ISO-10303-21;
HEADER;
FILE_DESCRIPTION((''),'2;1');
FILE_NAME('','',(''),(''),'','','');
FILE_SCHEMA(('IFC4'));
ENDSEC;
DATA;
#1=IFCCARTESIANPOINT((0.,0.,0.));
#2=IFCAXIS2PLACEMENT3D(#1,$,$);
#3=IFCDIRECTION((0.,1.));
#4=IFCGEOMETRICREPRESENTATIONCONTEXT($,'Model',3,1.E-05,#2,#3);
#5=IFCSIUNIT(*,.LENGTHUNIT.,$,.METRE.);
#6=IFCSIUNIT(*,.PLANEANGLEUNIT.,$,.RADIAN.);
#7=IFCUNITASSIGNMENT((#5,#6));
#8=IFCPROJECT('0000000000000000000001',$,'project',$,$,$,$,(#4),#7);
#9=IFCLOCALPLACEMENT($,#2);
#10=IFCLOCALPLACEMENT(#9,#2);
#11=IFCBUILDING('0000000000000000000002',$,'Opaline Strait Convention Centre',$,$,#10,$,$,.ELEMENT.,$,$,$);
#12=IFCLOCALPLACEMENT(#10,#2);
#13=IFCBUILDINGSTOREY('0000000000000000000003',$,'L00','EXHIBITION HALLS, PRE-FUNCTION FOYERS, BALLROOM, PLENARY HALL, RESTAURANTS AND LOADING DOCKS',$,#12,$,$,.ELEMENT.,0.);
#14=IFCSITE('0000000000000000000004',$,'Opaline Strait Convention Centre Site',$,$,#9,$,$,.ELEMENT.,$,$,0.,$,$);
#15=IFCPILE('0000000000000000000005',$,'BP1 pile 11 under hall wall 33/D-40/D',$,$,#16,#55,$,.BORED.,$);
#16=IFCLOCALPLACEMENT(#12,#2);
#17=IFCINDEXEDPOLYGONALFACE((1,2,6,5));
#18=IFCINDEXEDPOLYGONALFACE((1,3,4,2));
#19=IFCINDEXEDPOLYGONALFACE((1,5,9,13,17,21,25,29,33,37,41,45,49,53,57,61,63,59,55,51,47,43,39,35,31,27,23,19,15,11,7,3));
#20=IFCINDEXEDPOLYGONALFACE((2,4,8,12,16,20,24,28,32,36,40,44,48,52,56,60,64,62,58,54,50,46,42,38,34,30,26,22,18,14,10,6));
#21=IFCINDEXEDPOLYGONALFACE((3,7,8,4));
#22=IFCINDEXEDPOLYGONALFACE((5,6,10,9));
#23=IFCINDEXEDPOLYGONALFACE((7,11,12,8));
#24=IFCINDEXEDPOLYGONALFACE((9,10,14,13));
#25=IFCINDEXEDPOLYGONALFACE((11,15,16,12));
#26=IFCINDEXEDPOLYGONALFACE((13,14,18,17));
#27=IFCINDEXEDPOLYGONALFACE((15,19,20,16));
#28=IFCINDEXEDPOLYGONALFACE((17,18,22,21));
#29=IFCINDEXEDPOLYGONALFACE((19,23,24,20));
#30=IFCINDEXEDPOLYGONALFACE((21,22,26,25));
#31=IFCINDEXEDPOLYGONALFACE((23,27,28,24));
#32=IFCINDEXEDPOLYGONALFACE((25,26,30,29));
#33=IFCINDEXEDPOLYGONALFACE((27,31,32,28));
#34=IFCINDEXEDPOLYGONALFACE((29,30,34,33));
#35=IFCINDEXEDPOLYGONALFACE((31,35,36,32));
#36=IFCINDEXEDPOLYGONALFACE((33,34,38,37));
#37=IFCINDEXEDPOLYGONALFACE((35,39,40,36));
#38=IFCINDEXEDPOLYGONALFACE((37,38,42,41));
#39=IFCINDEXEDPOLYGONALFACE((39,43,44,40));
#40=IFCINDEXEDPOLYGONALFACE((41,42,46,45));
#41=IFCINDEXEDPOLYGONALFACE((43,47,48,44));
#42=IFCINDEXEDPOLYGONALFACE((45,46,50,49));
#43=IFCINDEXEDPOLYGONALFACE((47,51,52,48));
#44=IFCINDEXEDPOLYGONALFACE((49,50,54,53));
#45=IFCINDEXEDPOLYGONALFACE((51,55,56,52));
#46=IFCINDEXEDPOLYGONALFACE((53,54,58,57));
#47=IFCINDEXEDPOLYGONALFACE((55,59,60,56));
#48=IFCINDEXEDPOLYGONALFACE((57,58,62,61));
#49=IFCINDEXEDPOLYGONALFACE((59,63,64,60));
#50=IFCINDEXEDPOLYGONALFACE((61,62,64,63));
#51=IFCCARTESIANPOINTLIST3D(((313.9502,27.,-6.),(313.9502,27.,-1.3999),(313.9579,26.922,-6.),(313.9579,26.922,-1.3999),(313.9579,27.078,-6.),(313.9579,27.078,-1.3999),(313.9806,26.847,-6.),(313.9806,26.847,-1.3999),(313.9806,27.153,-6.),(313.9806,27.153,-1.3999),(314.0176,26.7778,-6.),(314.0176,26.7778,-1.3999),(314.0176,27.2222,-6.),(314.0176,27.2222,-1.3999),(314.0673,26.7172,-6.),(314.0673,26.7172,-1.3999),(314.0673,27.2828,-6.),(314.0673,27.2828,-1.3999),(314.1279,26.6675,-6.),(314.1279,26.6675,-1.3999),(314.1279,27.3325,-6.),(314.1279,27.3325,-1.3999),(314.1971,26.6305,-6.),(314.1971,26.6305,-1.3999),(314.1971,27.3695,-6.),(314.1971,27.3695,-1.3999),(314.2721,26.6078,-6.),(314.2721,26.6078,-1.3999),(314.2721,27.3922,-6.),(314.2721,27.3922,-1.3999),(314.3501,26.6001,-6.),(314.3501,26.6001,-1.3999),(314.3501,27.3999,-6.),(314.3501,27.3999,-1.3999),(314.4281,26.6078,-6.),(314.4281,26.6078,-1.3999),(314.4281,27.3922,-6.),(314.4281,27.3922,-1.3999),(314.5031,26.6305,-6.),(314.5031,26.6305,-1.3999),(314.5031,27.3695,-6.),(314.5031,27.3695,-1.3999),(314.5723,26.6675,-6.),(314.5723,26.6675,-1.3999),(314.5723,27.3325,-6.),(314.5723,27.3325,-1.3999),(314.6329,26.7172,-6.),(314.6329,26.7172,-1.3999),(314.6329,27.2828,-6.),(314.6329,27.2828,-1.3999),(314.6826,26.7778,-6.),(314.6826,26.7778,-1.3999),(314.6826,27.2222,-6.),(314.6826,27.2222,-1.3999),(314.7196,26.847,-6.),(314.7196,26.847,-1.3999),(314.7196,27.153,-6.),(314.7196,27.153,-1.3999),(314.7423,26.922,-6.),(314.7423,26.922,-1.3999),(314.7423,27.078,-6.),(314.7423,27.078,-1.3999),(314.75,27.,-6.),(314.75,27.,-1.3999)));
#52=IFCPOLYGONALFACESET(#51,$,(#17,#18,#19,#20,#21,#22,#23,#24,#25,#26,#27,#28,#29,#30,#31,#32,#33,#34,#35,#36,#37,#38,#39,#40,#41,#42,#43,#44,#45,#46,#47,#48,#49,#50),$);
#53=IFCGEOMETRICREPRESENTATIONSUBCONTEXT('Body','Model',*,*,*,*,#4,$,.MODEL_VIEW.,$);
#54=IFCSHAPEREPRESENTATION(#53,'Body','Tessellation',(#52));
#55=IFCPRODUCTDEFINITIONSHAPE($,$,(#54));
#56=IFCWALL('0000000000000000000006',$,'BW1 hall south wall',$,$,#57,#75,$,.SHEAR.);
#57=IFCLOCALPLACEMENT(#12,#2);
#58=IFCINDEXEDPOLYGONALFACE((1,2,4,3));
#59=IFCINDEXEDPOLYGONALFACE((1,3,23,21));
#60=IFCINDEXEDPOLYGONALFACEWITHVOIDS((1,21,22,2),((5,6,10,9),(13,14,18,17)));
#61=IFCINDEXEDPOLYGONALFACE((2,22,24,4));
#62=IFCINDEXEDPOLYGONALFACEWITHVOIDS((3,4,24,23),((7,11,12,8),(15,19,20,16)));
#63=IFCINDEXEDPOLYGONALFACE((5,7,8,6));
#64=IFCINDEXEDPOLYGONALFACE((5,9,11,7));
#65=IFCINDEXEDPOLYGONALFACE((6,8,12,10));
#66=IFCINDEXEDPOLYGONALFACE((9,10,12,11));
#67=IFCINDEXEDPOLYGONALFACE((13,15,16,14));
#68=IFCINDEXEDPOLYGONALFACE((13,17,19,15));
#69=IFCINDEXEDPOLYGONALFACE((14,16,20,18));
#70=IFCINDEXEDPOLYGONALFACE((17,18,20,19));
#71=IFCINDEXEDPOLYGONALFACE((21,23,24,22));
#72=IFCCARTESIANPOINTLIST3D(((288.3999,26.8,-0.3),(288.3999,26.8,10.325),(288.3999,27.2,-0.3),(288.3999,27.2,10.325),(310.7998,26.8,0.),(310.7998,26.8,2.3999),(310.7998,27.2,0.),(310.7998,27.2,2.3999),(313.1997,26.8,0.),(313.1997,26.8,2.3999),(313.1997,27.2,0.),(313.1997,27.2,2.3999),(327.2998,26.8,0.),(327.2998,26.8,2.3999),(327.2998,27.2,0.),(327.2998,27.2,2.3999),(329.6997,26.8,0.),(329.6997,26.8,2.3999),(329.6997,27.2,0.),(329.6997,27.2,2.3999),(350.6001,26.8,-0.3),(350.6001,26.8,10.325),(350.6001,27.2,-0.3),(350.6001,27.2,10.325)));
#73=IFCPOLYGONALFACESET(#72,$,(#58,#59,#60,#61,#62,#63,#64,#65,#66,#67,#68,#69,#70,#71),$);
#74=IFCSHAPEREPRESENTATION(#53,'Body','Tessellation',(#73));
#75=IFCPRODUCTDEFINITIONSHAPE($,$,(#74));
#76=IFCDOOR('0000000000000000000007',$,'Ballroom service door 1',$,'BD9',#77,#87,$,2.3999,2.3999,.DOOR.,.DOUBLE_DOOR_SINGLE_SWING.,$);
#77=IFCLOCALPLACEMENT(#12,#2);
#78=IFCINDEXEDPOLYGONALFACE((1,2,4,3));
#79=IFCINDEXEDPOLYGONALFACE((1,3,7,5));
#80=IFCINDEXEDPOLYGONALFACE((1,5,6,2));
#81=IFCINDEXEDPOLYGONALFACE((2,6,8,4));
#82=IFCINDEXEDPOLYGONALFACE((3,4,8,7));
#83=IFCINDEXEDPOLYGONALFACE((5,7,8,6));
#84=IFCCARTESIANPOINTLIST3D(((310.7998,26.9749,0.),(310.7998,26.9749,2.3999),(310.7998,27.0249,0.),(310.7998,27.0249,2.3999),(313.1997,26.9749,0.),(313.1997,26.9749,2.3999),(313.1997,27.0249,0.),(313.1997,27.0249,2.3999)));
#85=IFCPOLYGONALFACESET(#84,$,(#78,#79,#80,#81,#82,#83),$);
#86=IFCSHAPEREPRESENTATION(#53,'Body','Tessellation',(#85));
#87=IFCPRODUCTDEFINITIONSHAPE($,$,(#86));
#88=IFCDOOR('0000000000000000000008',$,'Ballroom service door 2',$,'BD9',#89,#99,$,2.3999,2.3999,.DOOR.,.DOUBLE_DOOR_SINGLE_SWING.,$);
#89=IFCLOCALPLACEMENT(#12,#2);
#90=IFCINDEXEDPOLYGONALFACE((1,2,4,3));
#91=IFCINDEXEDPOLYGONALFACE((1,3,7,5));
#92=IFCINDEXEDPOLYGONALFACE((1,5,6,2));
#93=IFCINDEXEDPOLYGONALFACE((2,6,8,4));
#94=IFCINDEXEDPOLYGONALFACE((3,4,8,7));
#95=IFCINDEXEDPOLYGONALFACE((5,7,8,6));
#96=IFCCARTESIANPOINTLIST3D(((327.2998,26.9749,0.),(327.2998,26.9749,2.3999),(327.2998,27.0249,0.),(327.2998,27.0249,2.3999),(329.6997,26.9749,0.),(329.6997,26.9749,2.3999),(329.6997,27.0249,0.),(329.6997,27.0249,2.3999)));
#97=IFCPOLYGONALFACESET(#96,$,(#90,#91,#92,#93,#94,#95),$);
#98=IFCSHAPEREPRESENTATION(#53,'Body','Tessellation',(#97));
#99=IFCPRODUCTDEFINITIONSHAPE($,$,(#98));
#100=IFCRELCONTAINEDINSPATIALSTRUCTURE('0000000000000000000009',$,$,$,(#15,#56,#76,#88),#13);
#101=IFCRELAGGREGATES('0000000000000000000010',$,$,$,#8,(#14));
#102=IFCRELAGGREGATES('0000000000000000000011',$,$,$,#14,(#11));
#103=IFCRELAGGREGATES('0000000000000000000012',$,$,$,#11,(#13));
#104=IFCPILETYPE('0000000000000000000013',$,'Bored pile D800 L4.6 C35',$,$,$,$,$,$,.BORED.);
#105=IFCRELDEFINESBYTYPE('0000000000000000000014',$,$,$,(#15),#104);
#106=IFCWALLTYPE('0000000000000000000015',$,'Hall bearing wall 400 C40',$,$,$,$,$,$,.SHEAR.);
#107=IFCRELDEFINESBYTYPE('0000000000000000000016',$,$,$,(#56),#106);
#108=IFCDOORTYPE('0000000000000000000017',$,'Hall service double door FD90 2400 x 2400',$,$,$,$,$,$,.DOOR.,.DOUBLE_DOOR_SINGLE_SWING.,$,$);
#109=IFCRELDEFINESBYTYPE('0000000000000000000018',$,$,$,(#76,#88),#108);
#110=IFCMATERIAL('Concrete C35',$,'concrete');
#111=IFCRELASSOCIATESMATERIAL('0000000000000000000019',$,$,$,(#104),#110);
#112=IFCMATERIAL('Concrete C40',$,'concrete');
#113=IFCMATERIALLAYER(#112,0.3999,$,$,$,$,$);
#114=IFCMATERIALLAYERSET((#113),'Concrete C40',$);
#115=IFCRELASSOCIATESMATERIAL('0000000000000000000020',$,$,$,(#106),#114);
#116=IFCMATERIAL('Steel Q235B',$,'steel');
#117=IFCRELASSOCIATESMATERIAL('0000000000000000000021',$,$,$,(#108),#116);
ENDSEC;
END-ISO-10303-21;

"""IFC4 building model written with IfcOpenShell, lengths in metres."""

from ifc_helpers import new_model, si_unit, direction, frame, frame_2d, origin, origin_2d, place, context, subcontext, project, spatial, rectangle, circle, extrude, material, layer, layer_set, material_profile, profile_set, type_object, element, fill, save


model = new_model("IFC4")

# Units and contexts
model_context = context("Model", 3, precision=1e-05, world=origin(), true_north=direction((0.0, 1.0)))
body_context = subcontext(model_context, "Body", "Model", "MODEL_VIEW")
ifc_project = project(units=[si_unit("LENGTHUNIT", "METRE"), si_unit("PLANEANGLEUNIT", "RADIAN")], contexts=[model_context])

# Site, building, storey
site_placement = place(None, origin())
site = spatial("IfcSite", under=ifc_project, at=site_placement, Name="Opaline Strait Convention Centre Site", CompositionType="ELEMENT", RefElevation=0.0)
building_placement = place(site_placement, origin())
building = spatial("IfcBuilding", under=site, at=building_placement, Name="Opaline Strait Convention Centre", CompositionType="ELEMENT")
storey_placement = place(building_placement, origin())
storey = spatial("IfcBuildingStorey", under=building, at=storey_placement, Name="L00", Description="EXHIBITION HALLS, PRE-FUNCTION FOYERS, BALLROOM, PLENARY HALL, RESTAURANTS AND LOADING DOCKS", CompositionType="ELEMENT", Elevation=0.0)

# Pile
ifc_material_1 = material(Name="Concrete C35", Category="concrete")
ifc_material_profile = material_profile(ifc_material_1, circle(Radius=0.3999, at=origin_2d()), Name="D800")
ifc_profile_set = profile_set([ifc_material_profile], Name="Concrete C35")
pile_type = type_object("IfcPileType", Name="Bored pile D800 L4.6 C35", PredefinedType="BORED", material=ifc_profile_set)
for number, where, z_axis, x_axis, name in (
    (1, (314.3501, 27.0, -1.3999), (0.0, 0.0, -1.0), (1.0, 0.0, 0.0), "BP1 pile 11 under hall wall 33/D-40/D"),
):
    element("IfcPile", number, at=place(storey_placement, frame(where, z_axis=z_axis, x_axis=x_axis)), inside=storey, type_object=pile_type, Name=name, PredefinedType="BORED", context=body_context, shape_type="SweptSolid", body=[
        extrude(circle(Radius=0.3999, at=origin_2d()), origin(), (0.0, 0.0, 1.0), 4.6001),
    ])

# Wall, openings, doors
ifc_material_2 = material(Name="Concrete C40", Category="concrete")
ifc_layer = layer(ifc_material_2, 0.3999)
ifc_layer_set = layer_set([ifc_layer], Name="Concrete C40")
wall_type = type_object("IfcWallType", Name="Hall bearing wall 400 C40", PredefinedType="SHEAR", material=ifc_layer_set)
wall_placement = place(storey_placement, frame((288.3999, 27.0, -0.3), z_axis=(0.0, 0.0, 1.0), x_axis=(1.0, 0.0, 0.0)))
wall = element("IfcWall", 2, at=wall_placement, inside=storey, type_object=wall_type, Name="BW1 hall south wall", PredefinedType="SHEAR", context=body_context, shape_type="SweptSolid", body=[
    extrude(rectangle(XDim=62.2002, YDim=0.3999, at=frame_2d((31.1001, 0.0))), origin(), (0.0, 0.0, 1.0), 10.625),
])
opening_1_placement = place(wall_placement, frame((22.3999, 0.0, 0.3)))
opening_1 = element("IfcOpeningElement", 3, at=opening_1_placement, cuts=wall, PredefinedType="OPENING", context=body_context, shape_type="SweptSolid", body=[
    extrude(rectangle(XDim=2.3999, YDim=2.3999, at=frame_2d((1.2, 1.2))), frame((0.0, 0.21, 0.0), z_axis=(0.0, -1.0, 0.0), x_axis=(1.0, 0.0, 0.0)), (0.0, 0.0, 1.0), 0.4199),
])
opening_2_placement = place(wall_placement, frame((38.8999, 0.0, 0.3)))
opening_2 = element("IfcOpeningElement", 4, at=opening_2_placement, cuts=wall, PredefinedType="OPENING", context=body_context, shape_type="SweptSolid", body=[
    extrude(rectangle(XDim=2.3999, YDim=2.3999, at=frame_2d((1.2, 1.2))), frame((0.0, 0.21, 0.0), z_axis=(0.0, -1.0, 0.0), x_axis=(1.0, 0.0, 0.0)), (0.0, 0.0, 1.0), 0.4199),
])
ifc_material_3 = material(Name="Steel Q235B", Category="steel")
door_type = type_object("IfcDoorType", Name="Hall service double door FD90 2400 x 2400", OperationType="DOUBLE_DOOR_SINGLE_SWING", PredefinedType="DOOR", material=ifc_material_3)
door_1_placement = place(opening_1_placement, origin())
door_1 = element("IfcDoor", 5, at=door_1_placement, inside=storey, type_object=door_type, Name="Ballroom service door 1", ObjectType="BD9", OperationType="DOUBLE_DOOR_SINGLE_SWING", OverallHeight=2.3999, OverallWidth=2.3999, PredefinedType="DOOR", context=body_context, shape_type="SweptSolid", body=[
    extrude(rectangle(XDim=2.3999, YDim=2.3999, at=frame_2d((1.2, 1.2))), frame((0.0, 0.0249, 0.0), z_axis=(0.0, -1.0, 0.0), x_axis=(1.0, 0.0, 0.0)), (0.0, 0.0, 1.0), 0.05),
])
fill(opening_1, door_1)
door_2_placement = place(opening_2_placement, origin())
door_2 = element("IfcDoor", 6, at=door_2_placement, inside=storey, type_object=door_type, Name="Ballroom service door 2", ObjectType="BD9", OperationType="DOUBLE_DOOR_SINGLE_SWING", OverallHeight=2.3999, OverallWidth=2.3999, PredefinedType="DOOR", context=body_context, shape_type="SweptSolid", body=[
    extrude(rectangle(XDim=2.3999, YDim=2.3999, at=frame_2d((1.2, 1.2))), frame((0.0, 0.0249, 0.0), z_axis=(0.0, -1.0, 0.0), x_axis=(1.0, 0.0, 0.0)), (0.0, 0.0, 1.0), 0.05),
])
fill(opening_2, door_2)

save(model, "model.ifc")
